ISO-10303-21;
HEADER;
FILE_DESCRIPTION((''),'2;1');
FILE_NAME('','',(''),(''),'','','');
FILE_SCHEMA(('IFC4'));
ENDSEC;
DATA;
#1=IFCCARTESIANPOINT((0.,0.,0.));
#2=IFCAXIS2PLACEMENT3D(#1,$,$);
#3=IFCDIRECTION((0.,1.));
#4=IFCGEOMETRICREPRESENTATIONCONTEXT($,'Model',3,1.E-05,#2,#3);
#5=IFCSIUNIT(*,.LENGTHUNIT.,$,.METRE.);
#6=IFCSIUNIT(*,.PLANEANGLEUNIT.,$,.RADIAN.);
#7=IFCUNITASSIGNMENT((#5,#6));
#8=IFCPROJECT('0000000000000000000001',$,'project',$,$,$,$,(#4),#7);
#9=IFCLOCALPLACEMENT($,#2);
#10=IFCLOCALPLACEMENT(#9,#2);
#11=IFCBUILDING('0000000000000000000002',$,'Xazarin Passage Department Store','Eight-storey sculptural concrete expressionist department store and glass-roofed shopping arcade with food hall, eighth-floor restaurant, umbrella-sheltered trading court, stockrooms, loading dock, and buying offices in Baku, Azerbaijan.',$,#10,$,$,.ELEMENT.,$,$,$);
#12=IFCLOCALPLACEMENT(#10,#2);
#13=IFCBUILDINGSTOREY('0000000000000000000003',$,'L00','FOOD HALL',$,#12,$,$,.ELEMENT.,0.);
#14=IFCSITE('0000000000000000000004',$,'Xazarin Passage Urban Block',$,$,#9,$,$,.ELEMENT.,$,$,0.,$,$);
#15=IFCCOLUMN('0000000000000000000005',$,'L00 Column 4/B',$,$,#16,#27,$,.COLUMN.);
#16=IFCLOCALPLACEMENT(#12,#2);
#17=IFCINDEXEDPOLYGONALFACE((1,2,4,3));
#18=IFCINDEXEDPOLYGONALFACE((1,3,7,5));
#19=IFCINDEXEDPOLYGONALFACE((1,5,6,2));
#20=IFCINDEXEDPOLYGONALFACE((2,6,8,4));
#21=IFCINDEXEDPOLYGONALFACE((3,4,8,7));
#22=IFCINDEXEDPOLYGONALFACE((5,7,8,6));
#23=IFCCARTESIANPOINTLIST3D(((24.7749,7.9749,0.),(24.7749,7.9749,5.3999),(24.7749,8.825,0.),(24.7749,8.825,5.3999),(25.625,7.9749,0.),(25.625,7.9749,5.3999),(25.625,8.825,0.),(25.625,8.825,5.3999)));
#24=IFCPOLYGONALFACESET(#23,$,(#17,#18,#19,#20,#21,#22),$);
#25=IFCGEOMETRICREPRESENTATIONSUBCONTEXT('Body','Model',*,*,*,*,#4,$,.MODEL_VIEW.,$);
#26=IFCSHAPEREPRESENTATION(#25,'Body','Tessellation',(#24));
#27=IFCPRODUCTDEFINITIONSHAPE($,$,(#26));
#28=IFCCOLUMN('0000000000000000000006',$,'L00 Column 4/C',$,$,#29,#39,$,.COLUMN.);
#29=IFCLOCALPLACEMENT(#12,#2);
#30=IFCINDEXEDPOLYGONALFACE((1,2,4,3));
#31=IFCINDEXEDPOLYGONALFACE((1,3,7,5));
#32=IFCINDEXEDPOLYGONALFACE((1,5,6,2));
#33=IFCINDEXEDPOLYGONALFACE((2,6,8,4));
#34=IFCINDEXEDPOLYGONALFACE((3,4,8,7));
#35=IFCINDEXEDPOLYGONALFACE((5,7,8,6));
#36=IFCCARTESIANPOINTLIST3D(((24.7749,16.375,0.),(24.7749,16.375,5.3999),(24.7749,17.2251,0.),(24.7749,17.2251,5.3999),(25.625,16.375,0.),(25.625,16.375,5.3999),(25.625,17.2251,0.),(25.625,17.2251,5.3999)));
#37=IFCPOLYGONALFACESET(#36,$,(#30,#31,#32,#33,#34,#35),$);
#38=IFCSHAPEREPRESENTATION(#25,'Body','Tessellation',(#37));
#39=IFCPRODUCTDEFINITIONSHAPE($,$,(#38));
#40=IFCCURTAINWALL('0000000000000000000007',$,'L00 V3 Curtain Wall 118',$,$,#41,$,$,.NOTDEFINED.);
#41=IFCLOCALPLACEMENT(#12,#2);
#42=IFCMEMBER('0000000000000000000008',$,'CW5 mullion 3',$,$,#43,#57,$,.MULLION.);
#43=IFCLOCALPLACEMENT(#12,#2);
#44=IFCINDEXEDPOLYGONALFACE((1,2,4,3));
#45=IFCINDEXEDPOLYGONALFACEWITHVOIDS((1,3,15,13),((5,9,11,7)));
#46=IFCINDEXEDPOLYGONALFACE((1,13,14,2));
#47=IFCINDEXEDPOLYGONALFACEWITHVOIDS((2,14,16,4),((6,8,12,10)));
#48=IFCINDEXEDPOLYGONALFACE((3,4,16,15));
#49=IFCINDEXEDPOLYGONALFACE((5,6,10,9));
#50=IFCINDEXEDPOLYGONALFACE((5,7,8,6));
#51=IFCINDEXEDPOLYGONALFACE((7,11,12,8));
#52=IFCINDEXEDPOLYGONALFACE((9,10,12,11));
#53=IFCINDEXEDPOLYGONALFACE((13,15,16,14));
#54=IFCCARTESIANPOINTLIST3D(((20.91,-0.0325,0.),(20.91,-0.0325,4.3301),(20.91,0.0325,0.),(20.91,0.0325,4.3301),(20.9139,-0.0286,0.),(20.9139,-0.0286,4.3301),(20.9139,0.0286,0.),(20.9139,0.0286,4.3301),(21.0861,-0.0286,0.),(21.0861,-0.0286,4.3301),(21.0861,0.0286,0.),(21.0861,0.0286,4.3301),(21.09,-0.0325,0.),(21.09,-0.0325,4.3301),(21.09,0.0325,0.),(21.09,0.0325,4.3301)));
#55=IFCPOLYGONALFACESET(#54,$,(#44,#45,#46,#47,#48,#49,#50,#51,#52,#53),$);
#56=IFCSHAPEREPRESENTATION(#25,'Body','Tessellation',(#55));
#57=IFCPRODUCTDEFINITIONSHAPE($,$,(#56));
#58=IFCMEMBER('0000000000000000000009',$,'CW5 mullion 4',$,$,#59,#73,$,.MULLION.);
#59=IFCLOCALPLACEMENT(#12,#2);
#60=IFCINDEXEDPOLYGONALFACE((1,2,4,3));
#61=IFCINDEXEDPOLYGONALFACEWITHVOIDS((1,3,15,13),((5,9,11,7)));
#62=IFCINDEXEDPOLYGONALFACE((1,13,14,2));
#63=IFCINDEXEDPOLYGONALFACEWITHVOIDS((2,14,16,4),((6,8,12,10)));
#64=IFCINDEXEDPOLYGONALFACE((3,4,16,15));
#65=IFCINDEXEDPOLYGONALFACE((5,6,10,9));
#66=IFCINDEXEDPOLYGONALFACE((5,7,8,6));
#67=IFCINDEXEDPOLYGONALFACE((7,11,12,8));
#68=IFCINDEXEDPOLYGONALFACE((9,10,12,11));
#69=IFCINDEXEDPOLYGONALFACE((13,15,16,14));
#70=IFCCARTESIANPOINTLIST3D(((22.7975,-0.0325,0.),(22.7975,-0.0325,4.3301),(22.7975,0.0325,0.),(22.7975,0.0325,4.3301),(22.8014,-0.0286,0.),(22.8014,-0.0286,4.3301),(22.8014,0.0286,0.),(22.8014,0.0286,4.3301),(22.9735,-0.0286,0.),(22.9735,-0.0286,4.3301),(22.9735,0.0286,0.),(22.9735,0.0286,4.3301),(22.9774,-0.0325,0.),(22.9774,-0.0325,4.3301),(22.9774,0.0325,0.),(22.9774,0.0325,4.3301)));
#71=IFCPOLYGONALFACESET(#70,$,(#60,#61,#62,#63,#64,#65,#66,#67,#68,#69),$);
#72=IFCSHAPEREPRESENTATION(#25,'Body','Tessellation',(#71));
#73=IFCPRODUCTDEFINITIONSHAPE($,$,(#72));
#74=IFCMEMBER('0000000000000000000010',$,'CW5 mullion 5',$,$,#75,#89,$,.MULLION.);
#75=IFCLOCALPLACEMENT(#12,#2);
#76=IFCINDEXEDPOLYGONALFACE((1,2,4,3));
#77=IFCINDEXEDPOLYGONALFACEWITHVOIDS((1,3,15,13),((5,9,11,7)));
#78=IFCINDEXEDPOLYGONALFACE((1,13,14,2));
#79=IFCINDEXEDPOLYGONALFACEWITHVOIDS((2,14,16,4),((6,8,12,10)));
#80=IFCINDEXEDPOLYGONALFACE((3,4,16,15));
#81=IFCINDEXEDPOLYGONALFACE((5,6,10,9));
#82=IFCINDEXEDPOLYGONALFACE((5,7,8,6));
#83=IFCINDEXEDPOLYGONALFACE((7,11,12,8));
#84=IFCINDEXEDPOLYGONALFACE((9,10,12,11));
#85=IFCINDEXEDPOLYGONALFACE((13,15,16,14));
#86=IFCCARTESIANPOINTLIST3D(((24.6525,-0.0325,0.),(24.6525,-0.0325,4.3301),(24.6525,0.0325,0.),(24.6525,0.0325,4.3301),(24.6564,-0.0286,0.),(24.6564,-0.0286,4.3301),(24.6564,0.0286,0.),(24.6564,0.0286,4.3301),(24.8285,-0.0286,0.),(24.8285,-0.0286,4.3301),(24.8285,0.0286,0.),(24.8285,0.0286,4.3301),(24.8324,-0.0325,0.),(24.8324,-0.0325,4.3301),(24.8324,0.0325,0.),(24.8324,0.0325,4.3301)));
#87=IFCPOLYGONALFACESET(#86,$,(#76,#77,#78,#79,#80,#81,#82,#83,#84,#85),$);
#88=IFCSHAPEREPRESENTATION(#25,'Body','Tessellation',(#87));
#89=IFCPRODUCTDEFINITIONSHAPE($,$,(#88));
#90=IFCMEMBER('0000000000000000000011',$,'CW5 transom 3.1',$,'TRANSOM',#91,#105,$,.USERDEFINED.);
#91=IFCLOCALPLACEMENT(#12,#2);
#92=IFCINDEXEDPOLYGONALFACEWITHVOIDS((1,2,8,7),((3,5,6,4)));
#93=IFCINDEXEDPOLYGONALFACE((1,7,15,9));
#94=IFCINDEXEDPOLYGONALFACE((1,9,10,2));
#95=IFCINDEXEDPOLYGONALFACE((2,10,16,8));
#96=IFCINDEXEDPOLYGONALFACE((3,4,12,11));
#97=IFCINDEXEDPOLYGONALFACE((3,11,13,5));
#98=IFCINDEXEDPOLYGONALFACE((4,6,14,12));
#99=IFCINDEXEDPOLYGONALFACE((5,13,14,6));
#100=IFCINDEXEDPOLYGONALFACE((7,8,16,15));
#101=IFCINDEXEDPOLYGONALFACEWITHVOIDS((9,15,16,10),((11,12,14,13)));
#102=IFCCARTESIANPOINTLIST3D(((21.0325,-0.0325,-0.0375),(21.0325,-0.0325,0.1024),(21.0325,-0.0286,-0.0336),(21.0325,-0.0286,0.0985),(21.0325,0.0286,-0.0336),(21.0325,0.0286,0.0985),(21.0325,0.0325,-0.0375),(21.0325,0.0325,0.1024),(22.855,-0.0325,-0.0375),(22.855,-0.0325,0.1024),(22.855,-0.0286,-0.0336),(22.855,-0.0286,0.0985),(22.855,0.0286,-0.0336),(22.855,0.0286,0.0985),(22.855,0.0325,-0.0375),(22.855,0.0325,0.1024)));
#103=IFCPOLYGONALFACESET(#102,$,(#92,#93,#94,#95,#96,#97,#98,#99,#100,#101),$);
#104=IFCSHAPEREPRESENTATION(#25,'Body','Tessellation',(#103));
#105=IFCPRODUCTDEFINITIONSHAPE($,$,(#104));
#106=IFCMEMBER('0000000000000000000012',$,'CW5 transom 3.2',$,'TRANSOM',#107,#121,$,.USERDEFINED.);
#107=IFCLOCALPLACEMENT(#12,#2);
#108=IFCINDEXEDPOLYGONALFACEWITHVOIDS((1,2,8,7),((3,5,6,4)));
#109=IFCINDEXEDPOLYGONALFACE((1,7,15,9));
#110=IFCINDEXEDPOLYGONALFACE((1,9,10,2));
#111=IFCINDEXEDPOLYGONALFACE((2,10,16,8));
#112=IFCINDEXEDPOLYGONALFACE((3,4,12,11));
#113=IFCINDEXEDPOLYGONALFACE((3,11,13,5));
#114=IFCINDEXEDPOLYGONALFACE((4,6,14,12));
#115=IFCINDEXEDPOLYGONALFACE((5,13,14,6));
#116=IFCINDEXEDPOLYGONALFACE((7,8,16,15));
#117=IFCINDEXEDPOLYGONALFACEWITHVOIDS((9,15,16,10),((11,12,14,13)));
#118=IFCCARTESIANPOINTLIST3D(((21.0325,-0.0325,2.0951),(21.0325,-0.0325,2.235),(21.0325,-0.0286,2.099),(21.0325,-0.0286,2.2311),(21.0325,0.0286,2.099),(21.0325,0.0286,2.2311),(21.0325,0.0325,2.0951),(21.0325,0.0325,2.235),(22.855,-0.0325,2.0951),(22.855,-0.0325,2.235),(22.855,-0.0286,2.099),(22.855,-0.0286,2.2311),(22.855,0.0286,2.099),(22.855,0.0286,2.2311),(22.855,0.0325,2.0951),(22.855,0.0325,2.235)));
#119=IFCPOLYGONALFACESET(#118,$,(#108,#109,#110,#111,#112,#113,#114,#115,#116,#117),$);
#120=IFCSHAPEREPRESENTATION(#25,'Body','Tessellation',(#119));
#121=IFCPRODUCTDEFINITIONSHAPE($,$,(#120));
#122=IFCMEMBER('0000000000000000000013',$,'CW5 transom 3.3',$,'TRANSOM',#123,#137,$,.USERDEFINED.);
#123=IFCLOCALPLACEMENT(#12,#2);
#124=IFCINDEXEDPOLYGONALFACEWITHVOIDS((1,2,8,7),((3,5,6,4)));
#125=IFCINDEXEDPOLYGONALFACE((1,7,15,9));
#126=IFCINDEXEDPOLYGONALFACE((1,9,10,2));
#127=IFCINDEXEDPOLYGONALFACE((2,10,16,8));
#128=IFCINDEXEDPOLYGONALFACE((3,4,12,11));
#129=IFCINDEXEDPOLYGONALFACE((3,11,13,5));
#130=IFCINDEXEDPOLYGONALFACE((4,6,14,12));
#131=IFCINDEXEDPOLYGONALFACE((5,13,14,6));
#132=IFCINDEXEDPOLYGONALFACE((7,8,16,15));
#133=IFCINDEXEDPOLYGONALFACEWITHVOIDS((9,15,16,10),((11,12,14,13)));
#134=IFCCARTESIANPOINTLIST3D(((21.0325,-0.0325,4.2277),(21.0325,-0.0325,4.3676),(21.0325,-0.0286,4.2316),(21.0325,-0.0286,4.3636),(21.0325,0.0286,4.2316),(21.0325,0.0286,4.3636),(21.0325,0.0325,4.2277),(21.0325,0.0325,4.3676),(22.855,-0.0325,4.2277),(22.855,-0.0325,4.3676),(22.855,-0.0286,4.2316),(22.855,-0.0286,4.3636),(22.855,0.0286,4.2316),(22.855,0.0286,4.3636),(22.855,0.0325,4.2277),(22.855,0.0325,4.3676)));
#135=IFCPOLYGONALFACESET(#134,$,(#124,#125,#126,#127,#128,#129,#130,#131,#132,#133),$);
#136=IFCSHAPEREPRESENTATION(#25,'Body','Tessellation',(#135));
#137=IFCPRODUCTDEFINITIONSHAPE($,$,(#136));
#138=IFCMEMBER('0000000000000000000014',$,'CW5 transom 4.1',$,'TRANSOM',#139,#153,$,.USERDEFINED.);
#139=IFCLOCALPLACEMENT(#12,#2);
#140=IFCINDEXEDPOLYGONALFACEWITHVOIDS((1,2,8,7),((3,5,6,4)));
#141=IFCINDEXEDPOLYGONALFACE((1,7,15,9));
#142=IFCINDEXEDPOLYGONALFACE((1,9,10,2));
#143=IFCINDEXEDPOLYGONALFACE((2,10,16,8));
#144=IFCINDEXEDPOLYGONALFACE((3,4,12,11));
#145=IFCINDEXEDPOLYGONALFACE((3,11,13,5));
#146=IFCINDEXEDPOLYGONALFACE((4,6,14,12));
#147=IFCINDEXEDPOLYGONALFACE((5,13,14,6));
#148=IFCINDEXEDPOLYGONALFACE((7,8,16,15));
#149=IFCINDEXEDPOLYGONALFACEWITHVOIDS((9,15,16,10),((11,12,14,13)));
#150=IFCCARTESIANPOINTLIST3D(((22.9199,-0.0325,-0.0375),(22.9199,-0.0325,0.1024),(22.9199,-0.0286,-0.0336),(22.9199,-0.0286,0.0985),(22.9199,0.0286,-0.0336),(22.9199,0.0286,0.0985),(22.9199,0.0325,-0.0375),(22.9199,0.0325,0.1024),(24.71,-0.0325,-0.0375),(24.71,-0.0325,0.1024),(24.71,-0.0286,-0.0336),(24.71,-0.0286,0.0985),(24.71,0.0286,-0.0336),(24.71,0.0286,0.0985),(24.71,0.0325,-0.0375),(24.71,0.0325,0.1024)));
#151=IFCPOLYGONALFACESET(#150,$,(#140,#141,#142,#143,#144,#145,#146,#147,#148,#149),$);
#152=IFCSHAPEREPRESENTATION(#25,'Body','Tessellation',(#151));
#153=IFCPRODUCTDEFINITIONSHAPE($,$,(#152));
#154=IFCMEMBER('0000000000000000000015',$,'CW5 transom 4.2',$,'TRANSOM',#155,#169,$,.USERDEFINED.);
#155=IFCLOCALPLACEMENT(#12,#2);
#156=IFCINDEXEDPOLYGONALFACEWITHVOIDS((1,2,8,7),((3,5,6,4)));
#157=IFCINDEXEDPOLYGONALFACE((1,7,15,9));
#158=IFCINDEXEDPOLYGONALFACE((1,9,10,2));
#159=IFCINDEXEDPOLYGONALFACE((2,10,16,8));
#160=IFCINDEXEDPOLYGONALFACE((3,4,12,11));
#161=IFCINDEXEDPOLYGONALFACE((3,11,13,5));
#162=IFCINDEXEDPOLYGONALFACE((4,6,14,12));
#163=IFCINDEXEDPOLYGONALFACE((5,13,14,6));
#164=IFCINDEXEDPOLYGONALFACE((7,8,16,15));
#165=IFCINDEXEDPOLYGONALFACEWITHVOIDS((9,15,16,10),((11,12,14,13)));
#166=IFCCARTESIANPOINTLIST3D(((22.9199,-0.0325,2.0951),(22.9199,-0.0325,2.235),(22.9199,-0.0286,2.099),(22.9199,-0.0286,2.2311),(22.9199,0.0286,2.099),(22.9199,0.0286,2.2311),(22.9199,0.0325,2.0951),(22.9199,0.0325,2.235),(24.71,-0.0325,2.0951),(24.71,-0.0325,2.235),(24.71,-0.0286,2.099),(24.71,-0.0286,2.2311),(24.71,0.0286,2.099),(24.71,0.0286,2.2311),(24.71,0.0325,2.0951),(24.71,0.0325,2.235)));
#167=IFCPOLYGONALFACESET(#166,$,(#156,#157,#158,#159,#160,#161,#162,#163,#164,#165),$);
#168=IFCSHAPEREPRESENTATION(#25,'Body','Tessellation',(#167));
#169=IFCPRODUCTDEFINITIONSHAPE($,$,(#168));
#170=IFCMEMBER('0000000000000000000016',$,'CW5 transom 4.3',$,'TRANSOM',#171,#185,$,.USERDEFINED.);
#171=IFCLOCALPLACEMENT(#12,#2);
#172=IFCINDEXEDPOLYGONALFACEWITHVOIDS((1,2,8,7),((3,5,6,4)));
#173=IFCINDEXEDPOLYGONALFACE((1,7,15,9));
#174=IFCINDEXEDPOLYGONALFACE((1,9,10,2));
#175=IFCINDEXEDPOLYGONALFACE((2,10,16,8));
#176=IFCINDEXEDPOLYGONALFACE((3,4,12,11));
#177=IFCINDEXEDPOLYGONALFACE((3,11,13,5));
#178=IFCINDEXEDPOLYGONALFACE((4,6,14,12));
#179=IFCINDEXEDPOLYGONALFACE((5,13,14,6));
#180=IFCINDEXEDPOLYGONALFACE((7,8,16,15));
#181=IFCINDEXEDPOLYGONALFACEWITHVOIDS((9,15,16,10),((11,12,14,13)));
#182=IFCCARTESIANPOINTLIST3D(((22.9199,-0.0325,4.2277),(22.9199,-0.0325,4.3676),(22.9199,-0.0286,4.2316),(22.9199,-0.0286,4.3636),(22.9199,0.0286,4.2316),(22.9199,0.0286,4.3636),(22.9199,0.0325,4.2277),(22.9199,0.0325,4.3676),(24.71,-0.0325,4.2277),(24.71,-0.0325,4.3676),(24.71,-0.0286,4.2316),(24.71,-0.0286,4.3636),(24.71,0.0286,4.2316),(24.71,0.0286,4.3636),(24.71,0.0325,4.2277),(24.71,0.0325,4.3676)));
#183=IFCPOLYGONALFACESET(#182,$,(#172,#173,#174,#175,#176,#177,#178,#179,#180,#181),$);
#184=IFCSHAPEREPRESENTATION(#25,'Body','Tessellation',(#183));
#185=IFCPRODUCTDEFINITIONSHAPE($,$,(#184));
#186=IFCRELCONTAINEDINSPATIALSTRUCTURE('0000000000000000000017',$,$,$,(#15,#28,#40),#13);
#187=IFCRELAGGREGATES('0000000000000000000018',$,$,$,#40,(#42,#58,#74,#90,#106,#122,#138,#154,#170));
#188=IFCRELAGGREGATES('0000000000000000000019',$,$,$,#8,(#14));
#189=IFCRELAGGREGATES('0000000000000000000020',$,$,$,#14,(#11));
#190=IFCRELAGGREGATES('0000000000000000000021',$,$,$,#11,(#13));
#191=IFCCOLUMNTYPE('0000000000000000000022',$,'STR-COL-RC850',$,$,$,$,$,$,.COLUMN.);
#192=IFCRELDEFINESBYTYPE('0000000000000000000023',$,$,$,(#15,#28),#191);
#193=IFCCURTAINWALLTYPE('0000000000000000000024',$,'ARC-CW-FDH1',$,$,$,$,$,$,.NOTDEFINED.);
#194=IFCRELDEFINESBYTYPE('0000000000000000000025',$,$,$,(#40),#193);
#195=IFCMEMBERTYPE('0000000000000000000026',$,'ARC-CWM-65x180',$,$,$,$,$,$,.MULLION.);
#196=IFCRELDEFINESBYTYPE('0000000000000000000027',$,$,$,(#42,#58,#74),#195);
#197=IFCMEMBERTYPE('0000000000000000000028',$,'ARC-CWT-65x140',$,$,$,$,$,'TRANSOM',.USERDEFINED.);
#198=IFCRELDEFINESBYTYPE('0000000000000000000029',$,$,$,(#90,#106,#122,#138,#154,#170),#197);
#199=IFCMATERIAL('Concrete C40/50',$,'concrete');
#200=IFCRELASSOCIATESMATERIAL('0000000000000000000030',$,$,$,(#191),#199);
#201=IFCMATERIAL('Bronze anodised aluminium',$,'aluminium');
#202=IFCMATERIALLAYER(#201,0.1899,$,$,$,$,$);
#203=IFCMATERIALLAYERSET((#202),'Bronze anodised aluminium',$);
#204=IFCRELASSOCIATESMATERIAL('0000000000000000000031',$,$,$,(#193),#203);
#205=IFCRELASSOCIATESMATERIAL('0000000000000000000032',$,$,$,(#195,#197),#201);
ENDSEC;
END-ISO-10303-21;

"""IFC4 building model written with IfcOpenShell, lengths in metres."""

from ifc_helpers import new_model, si_unit, direction, frame, origin, origin_2d, place, context, subcontext, project, spatial, rectangle, hollow_rectangle, extrude, material, layer, layer_set, material_profile, profile_set, type_object, element, aggregate, save


model = new_model("IFC4")

# Units and contexts
model_context = context("Model", 3, precision=1e-05, world=origin(), true_north=direction((0.0, 1.0)))
body_context = subcontext(model_context, "Body", "Model", "MODEL_VIEW")
ifc_project = project(units=[si_unit("LENGTHUNIT", "METRE"), si_unit("PLANEANGLEUNIT", "RADIAN")], contexts=[model_context])

# Site, building, storey
site_placement = place(None, origin())
site = spatial("IfcSite", under=ifc_project, at=site_placement, Name="Xazarin Passage Urban Block", CompositionType="ELEMENT", RefElevation=0.0)
building_placement = place(site_placement, origin())
building = spatial("IfcBuilding", under=site, at=building_placement, Name="Xazarin Passage Department Store", Description="Eight-storey sculptural concrete expressionist department store and glass-roofed shopping arcade with food hall, eighth-floor restaurant, umbrella-sheltered trading court, stockrooms, loading dock, and buying offices in Baku, Azerbaijan.", CompositionType="ELEMENT")
storey_placement = place(building_placement, origin())
storey = spatial("IfcBuildingStorey", under=building, at=storey_placement, Name="L00", Description="FOOD HALL", CompositionType="ELEMENT", Elevation=0.0)

# Columns
ifc_material_1 = material(Name="Concrete C40/50", Category="concrete")
ifc_material_profile_1 = material_profile(ifc_material_1, rectangle(XDim=0.8501, YDim=0.8501, at=origin_2d()), Name="RC 850x850")
ifc_profile_set_1 = profile_set([ifc_material_profile_1], Name="Concrete C40/50")
column_type = type_object("IfcColumnType", Name="STR-COL-RC850", PredefinedType="COLUMN", material=ifc_profile_set_1)
for number, where, z_axis, x_axis, name in (
    (1, (25.2, 8.3999, 0.0), (0.0, 0.0, 1.0), (1.0, 0.0, 0.0), "L00 Column 4/B"),
    (2, (25.2, 16.8, 0.0), (0.0, 0.0, 1.0), (1.0, 0.0, 0.0), "L00 Column 4/C"),
):
    element("IfcColumn", number, at=place(storey_placement, frame(where, z_axis=z_axis, x_axis=x_axis)), inside=storey, type_object=column_type, Name=name, PredefinedType="COLUMN", context=body_context, shape_type="SweptSolid", body=[
        extrude(rectangle(XDim=0.8501, YDim=0.8501, at=origin_2d()), origin(), (0.0, 0.0, 1.0), 5.3999),
    ])

# Curtain wall, members
ifc_material_2 = material(Name="Bronze anodised aluminium", Category="aluminium")
ifc_layer_1 = layer(ifc_material_2, 0.1899)
ifc_layer_set_1 = layer_set([ifc_layer_1], Name="Bronze anodised aluminium")
curtain_wall_type = type_object("IfcCurtainWallType", Name="ARC-CW-FDH1", PredefinedType="NOTDEFINED", material=ifc_layer_set_1)
curtain_wall_placement = place(storey_placement, origin())
curtain_wall = element("IfcCurtainWall", 3, at=curtain_wall_placement, inside=storey, type_object=curtain_wall_type, Name="L00 V3 Curtain Wall 118", PredefinedType="NOTDEFINED")
ifc_material_profile_2 = material_profile(ifc_material_2, hollow_rectangle(XDim=0.0649, YDim=0.1799, WallThickness=0.0039, at=origin_2d()), Name="ALU 65x180")
ifc_profile_set_2 = profile_set([ifc_material_profile_2], Name="Bronze anodised aluminium")
member_type_1 = type_object("IfcMemberType", Name="ARC-CWM-65x180", PredefinedType="MULLION", material=ifc_profile_set_2)
member_1_placement = place(storey_placement, frame((21.0, 0.0, 0.0), z_axis=(0.0, 0.0, 1.0), x_axis=(0.0, 1.0, 0.0)))
member_1 = element("IfcMember", 4, at=member_1_placement, type_object=member_type_1, Name="CW5 mullion 3", PredefinedType="MULLION", context=body_context, shape_type="SweptSolid", body=[
    extrude(hollow_rectangle(XDim=0.0649, YDim=0.1799, WallThickness=0.0039, at=origin_2d()), origin(), (0.0, 0.0, 1.0), 4.3301),
])
member_2_placement = place(storey_placement, frame((22.8875, 0.0, 0.0), z_axis=(0.0, 0.0, 1.0), x_axis=(0.0, 1.0, 0.0)))
member_2 = element("IfcMember", 5, at=member_2_placement, type_object=member_type_1, Name="CW5 mullion 4", PredefinedType="MULLION", context=body_context, shape_type="SweptSolid", body=[
    extrude(hollow_rectangle(XDim=0.0649, YDim=0.1799, WallThickness=0.0039, at=origin_2d()), origin(), (0.0, 0.0, 1.0), 4.3301),
])
member_3_placement = place(storey_placement, frame((24.7424, 0.0, 0.0), z_axis=(0.0, 0.0, 1.0), x_axis=(0.0, 1.0, 0.0)))
member_3 = element("IfcMember", 6, at=member_3_placement, type_object=member_type_1, Name="CW5 mullion 5", PredefinedType="MULLION", context=body_context, shape_type="SweptSolid", body=[
    extrude(hollow_rectangle(XDim=0.0649, YDim=0.1799, WallThickness=0.0039, at=origin_2d()), origin(), (0.0, 0.0, 1.0), 4.3301),
])
ifc_material_profile_3 = material_profile(ifc_material_2, hollow_rectangle(XDim=0.0649, YDim=0.1399, WallThickness=0.0039, at=origin_2d()), Name="ALU 65x140")
ifc_profile_set_3 = profile_set([ifc_material_profile_3], Name="Bronze anodised aluminium")
member_type_2 = type_object("IfcMemberType", Name="ARC-CWT-65x140", ElementType="TRANSOM", PredefinedType="USERDEFINED", material=ifc_profile_set_3)
member_4_placement = place(storey_placement, frame((21.0325, 0.0, 0.0325), z_axis=(1.0, 0.0, 0.0), x_axis=(0.0, 1.0, 0.0)))
member_4 = element("IfcMember", 7, at=member_4_placement, type_object=member_type_2, Name="CW5 transom 3.1", ObjectType="TRANSOM", PredefinedType="USERDEFINED", context=body_context, shape_type="SweptSolid", body=[
    extrude(hollow_rectangle(XDim=0.0649, YDim=0.1399, WallThickness=0.0039, at=origin_2d()), origin(), (0.0, 0.0, 1.0), 1.8225),
])
member_5_placement = place(storey_placement, frame((21.0325, 0.0, 2.165), z_axis=(1.0, 0.0, 0.0), x_axis=(0.0, 1.0, 0.0)))
member_5 = element("IfcMember", 8, at=member_5_placement, type_object=member_type_2, Name="CW5 transom 3.2", ObjectType="TRANSOM", PredefinedType="USERDEFINED", context=body_context, shape_type="SweptSolid", body=[
    extrude(hollow_rectangle(XDim=0.0649, YDim=0.1399, WallThickness=0.0039, at=origin_2d()), origin(), (0.0, 0.0, 1.0), 1.8225),
])
member_6_placement = place(storey_placement, frame((21.0325, 0.0, 4.2976), z_axis=(1.0, 0.0, 0.0), x_axis=(0.0, 1.0, 0.0)))
member_6 = element("IfcMember", 9, at=member_6_placement, type_object=member_type_2, Name="CW5 transom 3.3", ObjectType="TRANSOM", PredefinedType="USERDEFINED", context=body_context, shape_type="SweptSolid", body=[
    extrude(hollow_rectangle(XDim=0.0649, YDim=0.1399, WallThickness=0.0039, at=origin_2d()), origin(), (0.0, 0.0, 1.0), 1.8225),
])
member_7_placement = place(storey_placement, frame((22.9199, 0.0, 0.0325), z_axis=(1.0, 0.0, 0.0), x_axis=(0.0, 1.0, 0.0)))
member_7 = element("IfcMember", 10, at=member_7_placement, type_object=member_type_2, Name="CW5 transom 4.1", ObjectType="TRANSOM", PredefinedType="USERDEFINED", context=body_context, shape_type="SweptSolid", body=[
    extrude(hollow_rectangle(XDim=0.0649, YDim=0.1399, WallThickness=0.0039, at=origin_2d()), origin(), (0.0, 0.0, 1.0), 1.79),
])
member_8_placement = place(storey_placement, frame((22.9199, 0.0, 2.165), z_axis=(1.0, 0.0, 0.0), x_axis=(0.0, 1.0, 0.0)))
member_8 = element("IfcMember", 11, at=member_8_placement, type_object=member_type_2, Name="CW5 transom 4.2", ObjectType="TRANSOM", PredefinedType="USERDEFINED", context=body_context, shape_type="SweptSolid", body=[
    extrude(hollow_rectangle(XDim=0.0649, YDim=0.1399, WallThickness=0.0039, at=origin_2d()), origin(), (0.0, 0.0, 1.0), 1.79),
])
member_9_placement = place(storey_placement, frame((22.9199, 0.0, 4.2976), z_axis=(1.0, 0.0, 0.0), x_axis=(0.0, 1.0, 0.0)))
member_9 = element("IfcMember", 12, at=member_9_placement, type_object=member_type_2, Name="CW5 transom 4.3", ObjectType="TRANSOM", PredefinedType="USERDEFINED", context=body_context, shape_type="SweptSolid", body=[
    extrude(hollow_rectangle(XDim=0.0649, YDim=0.1399, WallThickness=0.0039, at=origin_2d()), origin(), (0.0, 0.0, 1.0), 1.79),
])
aggregate(curtain_wall, [member_1, member_2, member_3, member_4, member_5, member_6, member_7, member_8, member_9])

save(model, "model.ifc")
